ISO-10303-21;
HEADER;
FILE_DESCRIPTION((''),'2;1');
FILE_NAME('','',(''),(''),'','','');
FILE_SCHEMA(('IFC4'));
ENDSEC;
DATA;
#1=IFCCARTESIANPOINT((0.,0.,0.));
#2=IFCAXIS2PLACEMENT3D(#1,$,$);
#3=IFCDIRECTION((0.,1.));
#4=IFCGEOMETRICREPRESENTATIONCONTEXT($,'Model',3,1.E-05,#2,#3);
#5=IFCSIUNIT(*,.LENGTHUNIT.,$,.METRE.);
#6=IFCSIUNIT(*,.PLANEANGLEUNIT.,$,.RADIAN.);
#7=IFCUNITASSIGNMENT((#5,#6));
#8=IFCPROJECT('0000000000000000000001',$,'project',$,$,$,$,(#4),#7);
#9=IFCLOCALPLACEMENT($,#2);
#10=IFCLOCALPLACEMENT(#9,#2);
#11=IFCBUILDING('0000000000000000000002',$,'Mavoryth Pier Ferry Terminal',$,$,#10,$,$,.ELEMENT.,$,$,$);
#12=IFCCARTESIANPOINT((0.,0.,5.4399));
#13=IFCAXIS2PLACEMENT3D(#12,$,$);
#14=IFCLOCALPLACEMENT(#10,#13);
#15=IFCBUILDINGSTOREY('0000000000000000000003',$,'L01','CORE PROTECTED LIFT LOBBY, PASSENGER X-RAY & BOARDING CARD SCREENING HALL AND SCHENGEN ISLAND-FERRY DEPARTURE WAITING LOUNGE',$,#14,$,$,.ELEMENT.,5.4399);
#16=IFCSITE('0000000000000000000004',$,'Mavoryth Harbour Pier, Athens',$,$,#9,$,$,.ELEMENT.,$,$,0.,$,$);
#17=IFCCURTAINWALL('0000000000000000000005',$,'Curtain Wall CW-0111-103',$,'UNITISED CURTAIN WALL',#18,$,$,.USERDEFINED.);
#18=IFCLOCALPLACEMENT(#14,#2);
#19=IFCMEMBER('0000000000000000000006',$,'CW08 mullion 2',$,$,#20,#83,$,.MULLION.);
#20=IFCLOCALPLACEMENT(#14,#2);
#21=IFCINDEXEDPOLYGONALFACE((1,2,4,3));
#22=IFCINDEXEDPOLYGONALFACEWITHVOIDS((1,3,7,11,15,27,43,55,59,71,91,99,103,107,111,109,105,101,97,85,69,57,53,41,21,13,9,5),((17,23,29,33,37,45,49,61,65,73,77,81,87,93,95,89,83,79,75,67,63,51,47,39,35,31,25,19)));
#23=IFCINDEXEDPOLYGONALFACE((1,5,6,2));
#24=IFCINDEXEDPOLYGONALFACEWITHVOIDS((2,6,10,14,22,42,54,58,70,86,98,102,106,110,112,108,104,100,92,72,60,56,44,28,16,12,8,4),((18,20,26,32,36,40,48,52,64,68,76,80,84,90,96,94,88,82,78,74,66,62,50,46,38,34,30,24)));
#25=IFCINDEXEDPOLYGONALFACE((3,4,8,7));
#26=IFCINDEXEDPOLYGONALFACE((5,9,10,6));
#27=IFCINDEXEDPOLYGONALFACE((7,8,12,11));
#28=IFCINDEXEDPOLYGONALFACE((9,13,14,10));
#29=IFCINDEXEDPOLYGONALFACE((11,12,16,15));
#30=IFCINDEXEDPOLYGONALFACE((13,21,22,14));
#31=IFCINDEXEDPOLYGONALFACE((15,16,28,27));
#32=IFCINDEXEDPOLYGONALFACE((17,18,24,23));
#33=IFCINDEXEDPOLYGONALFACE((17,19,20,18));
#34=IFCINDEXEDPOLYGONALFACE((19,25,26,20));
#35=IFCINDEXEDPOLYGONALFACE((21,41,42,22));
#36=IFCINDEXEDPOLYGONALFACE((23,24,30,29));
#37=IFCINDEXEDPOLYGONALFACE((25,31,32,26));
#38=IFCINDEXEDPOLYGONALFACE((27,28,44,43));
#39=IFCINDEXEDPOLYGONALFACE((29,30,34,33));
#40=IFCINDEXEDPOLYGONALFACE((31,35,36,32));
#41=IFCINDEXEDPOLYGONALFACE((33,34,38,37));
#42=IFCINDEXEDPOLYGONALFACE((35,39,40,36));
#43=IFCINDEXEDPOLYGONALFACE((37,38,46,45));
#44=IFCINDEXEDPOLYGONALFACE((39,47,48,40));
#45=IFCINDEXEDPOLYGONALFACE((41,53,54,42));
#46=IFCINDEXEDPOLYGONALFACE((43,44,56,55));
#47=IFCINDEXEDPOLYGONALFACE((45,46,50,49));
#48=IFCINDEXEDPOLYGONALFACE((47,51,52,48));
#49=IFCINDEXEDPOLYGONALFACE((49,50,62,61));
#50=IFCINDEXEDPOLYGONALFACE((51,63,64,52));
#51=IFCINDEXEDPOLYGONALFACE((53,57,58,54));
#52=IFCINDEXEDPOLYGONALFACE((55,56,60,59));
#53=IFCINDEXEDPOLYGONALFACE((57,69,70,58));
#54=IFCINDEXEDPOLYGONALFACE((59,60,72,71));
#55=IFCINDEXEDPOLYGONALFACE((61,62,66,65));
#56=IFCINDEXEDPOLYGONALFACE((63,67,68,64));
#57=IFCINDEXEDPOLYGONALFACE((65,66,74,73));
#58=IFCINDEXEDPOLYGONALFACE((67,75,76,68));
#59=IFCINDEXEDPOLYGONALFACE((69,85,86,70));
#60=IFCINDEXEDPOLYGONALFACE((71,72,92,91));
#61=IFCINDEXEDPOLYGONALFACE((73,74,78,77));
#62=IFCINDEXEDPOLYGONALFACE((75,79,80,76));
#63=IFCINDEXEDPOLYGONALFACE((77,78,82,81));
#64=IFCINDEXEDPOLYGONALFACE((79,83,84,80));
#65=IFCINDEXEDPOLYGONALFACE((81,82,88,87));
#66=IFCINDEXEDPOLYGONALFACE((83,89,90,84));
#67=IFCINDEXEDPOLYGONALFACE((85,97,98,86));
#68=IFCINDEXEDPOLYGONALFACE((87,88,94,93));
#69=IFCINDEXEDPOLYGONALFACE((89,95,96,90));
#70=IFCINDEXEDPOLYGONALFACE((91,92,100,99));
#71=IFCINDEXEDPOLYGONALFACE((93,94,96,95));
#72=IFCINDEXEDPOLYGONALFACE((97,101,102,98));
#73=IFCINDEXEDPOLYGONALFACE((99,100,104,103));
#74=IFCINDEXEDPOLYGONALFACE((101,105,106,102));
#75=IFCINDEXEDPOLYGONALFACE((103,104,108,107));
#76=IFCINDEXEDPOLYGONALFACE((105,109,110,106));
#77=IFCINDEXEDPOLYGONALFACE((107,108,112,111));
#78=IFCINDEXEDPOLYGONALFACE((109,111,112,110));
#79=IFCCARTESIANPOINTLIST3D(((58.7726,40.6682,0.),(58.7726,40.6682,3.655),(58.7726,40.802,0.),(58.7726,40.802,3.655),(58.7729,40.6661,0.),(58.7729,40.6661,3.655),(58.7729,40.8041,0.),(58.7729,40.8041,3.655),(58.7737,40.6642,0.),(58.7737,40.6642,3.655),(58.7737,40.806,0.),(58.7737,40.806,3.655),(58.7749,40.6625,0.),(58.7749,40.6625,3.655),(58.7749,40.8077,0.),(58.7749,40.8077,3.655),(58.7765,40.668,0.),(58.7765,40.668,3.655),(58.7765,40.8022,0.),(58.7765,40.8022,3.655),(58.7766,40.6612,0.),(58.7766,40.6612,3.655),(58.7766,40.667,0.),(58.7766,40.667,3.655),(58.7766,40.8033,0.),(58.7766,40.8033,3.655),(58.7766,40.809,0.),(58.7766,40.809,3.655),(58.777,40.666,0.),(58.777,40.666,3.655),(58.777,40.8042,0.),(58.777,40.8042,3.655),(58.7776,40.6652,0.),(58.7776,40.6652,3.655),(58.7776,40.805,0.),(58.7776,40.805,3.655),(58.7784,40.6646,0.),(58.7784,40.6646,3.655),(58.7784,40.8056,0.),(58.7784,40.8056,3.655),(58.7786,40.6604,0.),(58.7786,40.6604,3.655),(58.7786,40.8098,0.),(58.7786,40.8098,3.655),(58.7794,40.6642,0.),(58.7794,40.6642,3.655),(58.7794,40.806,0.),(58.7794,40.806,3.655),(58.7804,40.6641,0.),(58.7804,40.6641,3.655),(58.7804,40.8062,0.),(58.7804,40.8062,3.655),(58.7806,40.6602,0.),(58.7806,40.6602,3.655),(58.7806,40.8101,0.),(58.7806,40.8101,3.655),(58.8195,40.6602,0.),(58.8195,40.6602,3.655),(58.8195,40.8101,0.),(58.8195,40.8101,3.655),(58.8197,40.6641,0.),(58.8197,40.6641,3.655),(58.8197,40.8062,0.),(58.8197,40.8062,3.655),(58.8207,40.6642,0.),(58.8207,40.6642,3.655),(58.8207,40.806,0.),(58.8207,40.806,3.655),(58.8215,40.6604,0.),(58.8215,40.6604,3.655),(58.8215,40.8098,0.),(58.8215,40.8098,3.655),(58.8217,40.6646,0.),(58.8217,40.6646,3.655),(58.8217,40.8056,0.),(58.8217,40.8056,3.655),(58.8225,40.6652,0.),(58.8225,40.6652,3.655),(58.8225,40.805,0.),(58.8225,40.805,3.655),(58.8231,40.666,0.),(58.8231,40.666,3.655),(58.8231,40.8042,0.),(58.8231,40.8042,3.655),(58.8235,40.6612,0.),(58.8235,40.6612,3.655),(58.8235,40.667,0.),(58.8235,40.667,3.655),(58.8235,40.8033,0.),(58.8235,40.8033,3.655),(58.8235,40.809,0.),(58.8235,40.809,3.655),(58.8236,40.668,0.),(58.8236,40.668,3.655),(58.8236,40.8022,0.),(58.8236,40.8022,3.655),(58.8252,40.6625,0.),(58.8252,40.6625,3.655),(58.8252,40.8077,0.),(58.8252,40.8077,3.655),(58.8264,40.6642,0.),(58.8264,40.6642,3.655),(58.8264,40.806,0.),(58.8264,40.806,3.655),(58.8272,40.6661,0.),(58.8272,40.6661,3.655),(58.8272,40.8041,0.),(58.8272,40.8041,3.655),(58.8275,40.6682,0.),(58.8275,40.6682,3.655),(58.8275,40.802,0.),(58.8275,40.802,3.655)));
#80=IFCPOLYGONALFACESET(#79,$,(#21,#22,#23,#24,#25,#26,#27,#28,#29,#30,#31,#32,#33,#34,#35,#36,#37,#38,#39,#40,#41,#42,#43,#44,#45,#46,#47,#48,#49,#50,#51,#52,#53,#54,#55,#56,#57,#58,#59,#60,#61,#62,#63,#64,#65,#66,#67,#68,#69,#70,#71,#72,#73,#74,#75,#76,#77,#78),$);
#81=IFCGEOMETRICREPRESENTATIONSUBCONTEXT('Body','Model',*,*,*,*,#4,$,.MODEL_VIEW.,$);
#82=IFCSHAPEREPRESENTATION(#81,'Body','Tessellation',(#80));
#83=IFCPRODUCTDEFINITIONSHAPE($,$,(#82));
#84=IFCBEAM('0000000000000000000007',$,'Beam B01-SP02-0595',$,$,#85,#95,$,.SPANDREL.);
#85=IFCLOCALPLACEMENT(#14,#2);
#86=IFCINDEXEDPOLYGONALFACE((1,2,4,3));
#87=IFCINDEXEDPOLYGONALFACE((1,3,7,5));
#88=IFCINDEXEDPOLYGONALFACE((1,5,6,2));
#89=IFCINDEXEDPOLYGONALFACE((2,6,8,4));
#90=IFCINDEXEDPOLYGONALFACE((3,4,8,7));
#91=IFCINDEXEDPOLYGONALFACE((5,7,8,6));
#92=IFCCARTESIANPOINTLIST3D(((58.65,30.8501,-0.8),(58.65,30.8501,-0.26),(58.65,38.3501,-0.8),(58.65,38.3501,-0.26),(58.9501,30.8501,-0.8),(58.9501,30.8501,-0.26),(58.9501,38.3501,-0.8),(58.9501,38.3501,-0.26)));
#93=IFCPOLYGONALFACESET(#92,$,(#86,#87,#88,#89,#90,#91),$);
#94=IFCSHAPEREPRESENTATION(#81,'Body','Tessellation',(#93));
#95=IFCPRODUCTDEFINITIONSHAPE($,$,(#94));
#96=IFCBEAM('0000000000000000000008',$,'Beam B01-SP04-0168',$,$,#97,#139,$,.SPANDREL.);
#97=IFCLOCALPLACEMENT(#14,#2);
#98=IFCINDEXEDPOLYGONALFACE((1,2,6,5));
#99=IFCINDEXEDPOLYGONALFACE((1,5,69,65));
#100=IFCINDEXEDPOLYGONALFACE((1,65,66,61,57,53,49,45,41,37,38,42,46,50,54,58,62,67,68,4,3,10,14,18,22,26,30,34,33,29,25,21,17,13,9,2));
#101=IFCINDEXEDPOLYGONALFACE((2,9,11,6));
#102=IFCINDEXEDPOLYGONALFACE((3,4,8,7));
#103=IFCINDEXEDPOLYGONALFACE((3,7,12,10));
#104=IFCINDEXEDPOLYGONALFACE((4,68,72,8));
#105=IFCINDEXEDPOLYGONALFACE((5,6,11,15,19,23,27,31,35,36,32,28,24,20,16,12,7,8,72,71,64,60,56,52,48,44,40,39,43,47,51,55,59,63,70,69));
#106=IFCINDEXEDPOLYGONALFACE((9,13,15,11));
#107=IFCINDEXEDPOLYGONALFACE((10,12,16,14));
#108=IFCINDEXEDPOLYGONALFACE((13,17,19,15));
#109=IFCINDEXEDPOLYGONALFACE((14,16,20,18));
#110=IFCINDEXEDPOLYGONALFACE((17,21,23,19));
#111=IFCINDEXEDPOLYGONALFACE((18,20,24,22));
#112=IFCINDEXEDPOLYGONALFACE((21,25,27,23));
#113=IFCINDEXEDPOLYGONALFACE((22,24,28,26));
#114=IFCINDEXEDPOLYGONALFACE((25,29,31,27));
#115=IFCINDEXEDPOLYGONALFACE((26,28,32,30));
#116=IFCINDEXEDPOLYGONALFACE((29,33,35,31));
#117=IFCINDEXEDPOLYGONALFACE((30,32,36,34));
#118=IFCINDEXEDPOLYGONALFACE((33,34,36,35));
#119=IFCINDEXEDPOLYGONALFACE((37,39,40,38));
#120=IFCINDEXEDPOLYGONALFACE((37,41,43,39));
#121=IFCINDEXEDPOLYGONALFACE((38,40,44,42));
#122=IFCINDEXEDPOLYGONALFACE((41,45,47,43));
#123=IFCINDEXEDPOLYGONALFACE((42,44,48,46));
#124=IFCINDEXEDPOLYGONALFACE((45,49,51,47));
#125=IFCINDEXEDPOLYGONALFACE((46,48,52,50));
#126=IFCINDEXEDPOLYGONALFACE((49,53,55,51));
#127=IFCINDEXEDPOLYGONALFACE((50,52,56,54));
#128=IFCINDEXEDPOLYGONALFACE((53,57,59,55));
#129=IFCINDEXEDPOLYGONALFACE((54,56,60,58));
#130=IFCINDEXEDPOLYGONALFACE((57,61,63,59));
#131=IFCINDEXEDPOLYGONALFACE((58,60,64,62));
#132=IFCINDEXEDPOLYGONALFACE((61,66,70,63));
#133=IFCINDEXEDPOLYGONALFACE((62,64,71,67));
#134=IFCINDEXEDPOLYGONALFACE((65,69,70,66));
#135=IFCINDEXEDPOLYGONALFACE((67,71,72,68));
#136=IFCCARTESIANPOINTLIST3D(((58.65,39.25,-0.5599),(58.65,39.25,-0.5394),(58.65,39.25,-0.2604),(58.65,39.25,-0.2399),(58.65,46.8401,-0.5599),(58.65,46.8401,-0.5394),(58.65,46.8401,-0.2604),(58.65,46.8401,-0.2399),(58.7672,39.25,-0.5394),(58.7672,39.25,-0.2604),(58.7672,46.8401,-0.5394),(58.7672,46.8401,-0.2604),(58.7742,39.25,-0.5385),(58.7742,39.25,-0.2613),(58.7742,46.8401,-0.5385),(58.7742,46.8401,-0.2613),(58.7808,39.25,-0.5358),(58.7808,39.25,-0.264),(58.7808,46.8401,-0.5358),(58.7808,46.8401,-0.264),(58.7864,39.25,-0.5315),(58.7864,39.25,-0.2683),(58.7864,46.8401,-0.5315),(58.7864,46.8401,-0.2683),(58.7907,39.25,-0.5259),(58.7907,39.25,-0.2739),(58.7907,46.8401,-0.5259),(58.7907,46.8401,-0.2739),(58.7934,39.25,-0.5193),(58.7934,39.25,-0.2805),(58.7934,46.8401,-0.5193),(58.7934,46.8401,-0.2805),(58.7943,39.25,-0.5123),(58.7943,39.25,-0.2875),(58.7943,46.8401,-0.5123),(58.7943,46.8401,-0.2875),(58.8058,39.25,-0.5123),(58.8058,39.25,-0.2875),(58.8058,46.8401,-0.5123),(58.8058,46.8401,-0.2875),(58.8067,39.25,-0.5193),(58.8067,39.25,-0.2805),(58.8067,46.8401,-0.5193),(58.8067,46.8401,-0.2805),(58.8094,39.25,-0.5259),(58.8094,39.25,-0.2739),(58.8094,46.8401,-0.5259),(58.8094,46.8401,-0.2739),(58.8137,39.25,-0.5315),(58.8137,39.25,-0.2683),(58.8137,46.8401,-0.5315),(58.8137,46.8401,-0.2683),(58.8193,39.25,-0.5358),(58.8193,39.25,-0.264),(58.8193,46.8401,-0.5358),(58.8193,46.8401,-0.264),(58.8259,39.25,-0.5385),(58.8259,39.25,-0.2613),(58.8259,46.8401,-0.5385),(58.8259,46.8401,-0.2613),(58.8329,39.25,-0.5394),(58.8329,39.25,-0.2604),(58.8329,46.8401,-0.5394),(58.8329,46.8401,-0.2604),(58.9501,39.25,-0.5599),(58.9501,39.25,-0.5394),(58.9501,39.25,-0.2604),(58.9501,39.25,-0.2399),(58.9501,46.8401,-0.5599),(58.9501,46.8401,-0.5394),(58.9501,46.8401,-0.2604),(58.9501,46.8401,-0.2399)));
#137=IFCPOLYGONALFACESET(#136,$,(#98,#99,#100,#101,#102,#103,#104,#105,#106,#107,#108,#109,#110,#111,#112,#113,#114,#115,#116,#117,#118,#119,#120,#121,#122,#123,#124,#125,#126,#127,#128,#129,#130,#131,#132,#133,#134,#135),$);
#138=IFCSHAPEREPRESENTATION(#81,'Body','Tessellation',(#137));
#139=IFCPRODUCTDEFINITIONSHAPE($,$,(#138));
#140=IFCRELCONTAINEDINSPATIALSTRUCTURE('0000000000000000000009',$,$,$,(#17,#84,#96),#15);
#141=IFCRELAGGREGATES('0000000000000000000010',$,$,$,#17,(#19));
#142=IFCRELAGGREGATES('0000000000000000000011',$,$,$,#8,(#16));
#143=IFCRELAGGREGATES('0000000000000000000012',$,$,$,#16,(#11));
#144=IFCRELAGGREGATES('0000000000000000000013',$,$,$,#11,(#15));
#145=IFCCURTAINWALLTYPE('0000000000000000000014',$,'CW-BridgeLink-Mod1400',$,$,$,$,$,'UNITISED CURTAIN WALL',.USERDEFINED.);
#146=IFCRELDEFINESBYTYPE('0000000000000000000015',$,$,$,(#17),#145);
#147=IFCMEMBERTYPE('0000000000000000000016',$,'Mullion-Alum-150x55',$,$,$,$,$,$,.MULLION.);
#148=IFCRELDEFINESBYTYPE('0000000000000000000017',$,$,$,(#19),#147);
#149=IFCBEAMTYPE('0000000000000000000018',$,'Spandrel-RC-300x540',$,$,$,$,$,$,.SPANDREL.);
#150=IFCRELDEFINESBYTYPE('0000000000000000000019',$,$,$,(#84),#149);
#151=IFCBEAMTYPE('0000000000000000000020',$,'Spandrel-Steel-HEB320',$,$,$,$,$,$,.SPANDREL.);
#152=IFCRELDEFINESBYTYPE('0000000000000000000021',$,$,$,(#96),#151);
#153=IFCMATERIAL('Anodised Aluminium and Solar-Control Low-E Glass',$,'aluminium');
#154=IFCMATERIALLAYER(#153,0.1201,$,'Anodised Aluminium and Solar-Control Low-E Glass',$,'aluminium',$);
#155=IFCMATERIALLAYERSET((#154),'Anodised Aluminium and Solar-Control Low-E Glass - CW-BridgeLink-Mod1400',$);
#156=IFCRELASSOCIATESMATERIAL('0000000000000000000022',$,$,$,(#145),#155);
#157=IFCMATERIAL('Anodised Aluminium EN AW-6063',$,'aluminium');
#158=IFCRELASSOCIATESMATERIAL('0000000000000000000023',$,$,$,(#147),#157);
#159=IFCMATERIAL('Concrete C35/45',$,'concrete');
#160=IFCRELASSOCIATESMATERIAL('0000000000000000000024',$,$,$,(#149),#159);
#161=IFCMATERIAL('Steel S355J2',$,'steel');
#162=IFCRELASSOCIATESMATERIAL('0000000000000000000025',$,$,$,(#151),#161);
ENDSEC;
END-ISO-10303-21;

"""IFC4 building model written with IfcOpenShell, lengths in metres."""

from ifc_helpers import new_model, si_unit, direction, frame, origin, origin_2d, place, context, subcontext, project, spatial, rectangle, hollow_rectangle, i_section, extrude, material, layer, layer_set, material_profile, profile_set, type_object, element, aggregate, save


model = new_model("IFC4")

# Units and contexts
model_context = context("Model", 3, precision=1e-05, world=origin(), true_north=direction((0.0, 1.0)))
body_context = subcontext(model_context, "Body", "Model", "MODEL_VIEW")
ifc_project = project(units=[si_unit("LENGTHUNIT", "METRE"), si_unit("PLANEANGLEUNIT", "RADIAN")], contexts=[model_context])

# Site, building, storey
site_placement = place(None, origin())
site = spatial("IfcSite", under=ifc_project, at=site_placement, Name="Mavoryth Harbour Pier, Athens", CompositionType="ELEMENT", RefElevation=0.0)
building_placement = place(site_placement, origin())
building = spatial("IfcBuilding", under=site, at=building_placement, Name="Mavoryth Pier Ferry Terminal", CompositionType="ELEMENT")
storey_placement = place(building_placement, frame((0.0, 0.0, 5.4399)))
storey = spatial("IfcBuildingStorey", under=building, at=storey_placement, Name="L01", Description="CORE PROTECTED LIFT LOBBY, PASSENGER X-RAY & BOARDING CARD SCREENING HALL AND SCHENGEN ISLAND-FERRY DEPARTURE WAITING LOUNGE", CompositionType="ELEMENT", Elevation=5.4399)

# Shared definitions
ifc_material_1 = material(Name="Steel S355J2", Category="steel")

# Curtain wall, member
ifc_material_2 = material(Name="Anodised Aluminium and Solar-Control Low-E Glass", Category="aluminium")
ifc_layer_1 = layer(ifc_material_2, 0.1201, Name="Anodised Aluminium and Solar-Control Low-E Glass", Category="aluminium")
ifc_layer_set_1 = layer_set([ifc_layer_1], Name="Anodised Aluminium and Solar-Control Low-E Glass - CW-BridgeLink-Mod1400")
curtain_wall_type = type_object("IfcCurtainWallType", Name="CW-BridgeLink-Mod1400", ElementType="UNITISED CURTAIN WALL", PredefinedType="USERDEFINED", material=ifc_layer_set_1)
curtain_wall_placement = place(storey_placement, origin())
curtain_wall = element("IfcCurtainWall", 1, at=curtain_wall_placement, inside=storey, type_object=curtain_wall_type, Name="Curtain Wall CW-0111-103", ObjectType="UNITISED CURTAIN WALL", PredefinedType="USERDEFINED")
ifc_material_3 = material(Name="Anodised Aluminium EN AW-6063", Category="aluminium")
ifc_material_profile_1 = material_profile(ifc_material_3, hollow_rectangle(XDim=0.0549, YDim=0.1499, WallThickness=0.0039, InnerFilletRadius=0.0039, OuterFilletRadius=0.0081, at=origin_2d()), Name="AL-MULL 150x55x4", Category="aluminium")
ifc_profile_set_1 = profile_set([ifc_material_profile_1], Name="Anodised Aluminium EN AW-6063 - AL-MULL 150x55x4")
member_type_1 = type_object("IfcMemberType", Name="Mullion-Alum-150x55", PredefinedType="MULLION", material=ifc_profile_set_1)
member_1_placement = place(storey_placement, frame((58.8, 40.7351, 0.0), z_axis=(0.0, 0.0, 1.0), x_axis=(-1.0, 0.0, 0.0)))
member_1 = element("IfcMember", 2, at=member_1_placement, type_object=member_type_1, Name="CW08 mullion 2", PredefinedType="MULLION", context=body_context, shape_type="SweptSolid", body=[
    extrude(hollow_rectangle(XDim=0.0549, YDim=0.1499, WallThickness=0.0039, InnerFilletRadius=0.0039, OuterFilletRadius=0.0081, at=origin_2d()), origin(), (0.0, 0.0, 1.0), 3.655),
])

# Beams
ifc_material_4 = material(Name="Concrete C35/45", Category="concrete")
ifc_material_profile_2 = material_profile(ifc_material_4, rectangle(XDim=0.3, YDim=0.54, at=origin_2d()), Name="RC 300x540", Category="concrete")
ifc_profile_set_2 = profile_set([ifc_material_profile_2], Name="Concrete C35/45 - RC 300x540")
beam_type_1 = type_object("IfcBeamType", Name="Spandrel-RC-300x540", PredefinedType="SPANDREL", material=ifc_profile_set_2)
beam_1_placement = place(storey_placement, frame((58.8, 30.8501, -0.53), z_axis=(0.0, 1.0, 0.0), x_axis=(-1.0, 0.0, 0.0)))
element("IfcBeam", 3, at=beam_1_placement, inside=storey, type_object=beam_type_1, Name="Beam B01-SP02-0595", PredefinedType="SPANDREL", context=body_context, shape_type="SweptSolid", body=[
    extrude(rectangle(XDim=0.3, YDim=0.54, at=origin_2d()), origin(), (0.0, 0.0, 1.0), 7.5),
])
ifc_material_profile_3 = material_profile(ifc_material_1, i_section(OverallWidth=0.3, OverallDepth=0.3201, WebThickness=0.0115, FlangeThickness=0.0205, FilletRadius=0.0271, at=origin_2d()), Name="HEB 320", Category="steel")
ifc_profile_set_3 = profile_set([ifc_material_profile_3], Name="Steel S355J2 - HEB 320")
beam_type_2 = type_object("IfcBeamType", Name="Spandrel-Steel-HEB320", PredefinedType="SPANDREL", material=ifc_profile_set_3)
beam_2_placement = place(storey_placement, frame((58.8, 39.25, -0.3999), z_axis=(0.0, 1.0, 0.0), x_axis=(-1.0, 0.0, 0.0)))
element("IfcBeam", 4, at=beam_2_placement, inside=storey, type_object=beam_type_2, Name="Beam B01-SP04-0168", PredefinedType="SPANDREL", context=body_context, shape_type="SweptSolid", body=[
    extrude(i_section(OverallWidth=0.3, OverallDepth=0.3201, WebThickness=0.0115, FlangeThickness=0.0205, FilletRadius=0.0271, at=origin_2d()), origin(), (0.0, 0.0, 1.0), 7.5901),
])

aggregate(curtain_wall, [member_1])

save(model, "model.ifc")
